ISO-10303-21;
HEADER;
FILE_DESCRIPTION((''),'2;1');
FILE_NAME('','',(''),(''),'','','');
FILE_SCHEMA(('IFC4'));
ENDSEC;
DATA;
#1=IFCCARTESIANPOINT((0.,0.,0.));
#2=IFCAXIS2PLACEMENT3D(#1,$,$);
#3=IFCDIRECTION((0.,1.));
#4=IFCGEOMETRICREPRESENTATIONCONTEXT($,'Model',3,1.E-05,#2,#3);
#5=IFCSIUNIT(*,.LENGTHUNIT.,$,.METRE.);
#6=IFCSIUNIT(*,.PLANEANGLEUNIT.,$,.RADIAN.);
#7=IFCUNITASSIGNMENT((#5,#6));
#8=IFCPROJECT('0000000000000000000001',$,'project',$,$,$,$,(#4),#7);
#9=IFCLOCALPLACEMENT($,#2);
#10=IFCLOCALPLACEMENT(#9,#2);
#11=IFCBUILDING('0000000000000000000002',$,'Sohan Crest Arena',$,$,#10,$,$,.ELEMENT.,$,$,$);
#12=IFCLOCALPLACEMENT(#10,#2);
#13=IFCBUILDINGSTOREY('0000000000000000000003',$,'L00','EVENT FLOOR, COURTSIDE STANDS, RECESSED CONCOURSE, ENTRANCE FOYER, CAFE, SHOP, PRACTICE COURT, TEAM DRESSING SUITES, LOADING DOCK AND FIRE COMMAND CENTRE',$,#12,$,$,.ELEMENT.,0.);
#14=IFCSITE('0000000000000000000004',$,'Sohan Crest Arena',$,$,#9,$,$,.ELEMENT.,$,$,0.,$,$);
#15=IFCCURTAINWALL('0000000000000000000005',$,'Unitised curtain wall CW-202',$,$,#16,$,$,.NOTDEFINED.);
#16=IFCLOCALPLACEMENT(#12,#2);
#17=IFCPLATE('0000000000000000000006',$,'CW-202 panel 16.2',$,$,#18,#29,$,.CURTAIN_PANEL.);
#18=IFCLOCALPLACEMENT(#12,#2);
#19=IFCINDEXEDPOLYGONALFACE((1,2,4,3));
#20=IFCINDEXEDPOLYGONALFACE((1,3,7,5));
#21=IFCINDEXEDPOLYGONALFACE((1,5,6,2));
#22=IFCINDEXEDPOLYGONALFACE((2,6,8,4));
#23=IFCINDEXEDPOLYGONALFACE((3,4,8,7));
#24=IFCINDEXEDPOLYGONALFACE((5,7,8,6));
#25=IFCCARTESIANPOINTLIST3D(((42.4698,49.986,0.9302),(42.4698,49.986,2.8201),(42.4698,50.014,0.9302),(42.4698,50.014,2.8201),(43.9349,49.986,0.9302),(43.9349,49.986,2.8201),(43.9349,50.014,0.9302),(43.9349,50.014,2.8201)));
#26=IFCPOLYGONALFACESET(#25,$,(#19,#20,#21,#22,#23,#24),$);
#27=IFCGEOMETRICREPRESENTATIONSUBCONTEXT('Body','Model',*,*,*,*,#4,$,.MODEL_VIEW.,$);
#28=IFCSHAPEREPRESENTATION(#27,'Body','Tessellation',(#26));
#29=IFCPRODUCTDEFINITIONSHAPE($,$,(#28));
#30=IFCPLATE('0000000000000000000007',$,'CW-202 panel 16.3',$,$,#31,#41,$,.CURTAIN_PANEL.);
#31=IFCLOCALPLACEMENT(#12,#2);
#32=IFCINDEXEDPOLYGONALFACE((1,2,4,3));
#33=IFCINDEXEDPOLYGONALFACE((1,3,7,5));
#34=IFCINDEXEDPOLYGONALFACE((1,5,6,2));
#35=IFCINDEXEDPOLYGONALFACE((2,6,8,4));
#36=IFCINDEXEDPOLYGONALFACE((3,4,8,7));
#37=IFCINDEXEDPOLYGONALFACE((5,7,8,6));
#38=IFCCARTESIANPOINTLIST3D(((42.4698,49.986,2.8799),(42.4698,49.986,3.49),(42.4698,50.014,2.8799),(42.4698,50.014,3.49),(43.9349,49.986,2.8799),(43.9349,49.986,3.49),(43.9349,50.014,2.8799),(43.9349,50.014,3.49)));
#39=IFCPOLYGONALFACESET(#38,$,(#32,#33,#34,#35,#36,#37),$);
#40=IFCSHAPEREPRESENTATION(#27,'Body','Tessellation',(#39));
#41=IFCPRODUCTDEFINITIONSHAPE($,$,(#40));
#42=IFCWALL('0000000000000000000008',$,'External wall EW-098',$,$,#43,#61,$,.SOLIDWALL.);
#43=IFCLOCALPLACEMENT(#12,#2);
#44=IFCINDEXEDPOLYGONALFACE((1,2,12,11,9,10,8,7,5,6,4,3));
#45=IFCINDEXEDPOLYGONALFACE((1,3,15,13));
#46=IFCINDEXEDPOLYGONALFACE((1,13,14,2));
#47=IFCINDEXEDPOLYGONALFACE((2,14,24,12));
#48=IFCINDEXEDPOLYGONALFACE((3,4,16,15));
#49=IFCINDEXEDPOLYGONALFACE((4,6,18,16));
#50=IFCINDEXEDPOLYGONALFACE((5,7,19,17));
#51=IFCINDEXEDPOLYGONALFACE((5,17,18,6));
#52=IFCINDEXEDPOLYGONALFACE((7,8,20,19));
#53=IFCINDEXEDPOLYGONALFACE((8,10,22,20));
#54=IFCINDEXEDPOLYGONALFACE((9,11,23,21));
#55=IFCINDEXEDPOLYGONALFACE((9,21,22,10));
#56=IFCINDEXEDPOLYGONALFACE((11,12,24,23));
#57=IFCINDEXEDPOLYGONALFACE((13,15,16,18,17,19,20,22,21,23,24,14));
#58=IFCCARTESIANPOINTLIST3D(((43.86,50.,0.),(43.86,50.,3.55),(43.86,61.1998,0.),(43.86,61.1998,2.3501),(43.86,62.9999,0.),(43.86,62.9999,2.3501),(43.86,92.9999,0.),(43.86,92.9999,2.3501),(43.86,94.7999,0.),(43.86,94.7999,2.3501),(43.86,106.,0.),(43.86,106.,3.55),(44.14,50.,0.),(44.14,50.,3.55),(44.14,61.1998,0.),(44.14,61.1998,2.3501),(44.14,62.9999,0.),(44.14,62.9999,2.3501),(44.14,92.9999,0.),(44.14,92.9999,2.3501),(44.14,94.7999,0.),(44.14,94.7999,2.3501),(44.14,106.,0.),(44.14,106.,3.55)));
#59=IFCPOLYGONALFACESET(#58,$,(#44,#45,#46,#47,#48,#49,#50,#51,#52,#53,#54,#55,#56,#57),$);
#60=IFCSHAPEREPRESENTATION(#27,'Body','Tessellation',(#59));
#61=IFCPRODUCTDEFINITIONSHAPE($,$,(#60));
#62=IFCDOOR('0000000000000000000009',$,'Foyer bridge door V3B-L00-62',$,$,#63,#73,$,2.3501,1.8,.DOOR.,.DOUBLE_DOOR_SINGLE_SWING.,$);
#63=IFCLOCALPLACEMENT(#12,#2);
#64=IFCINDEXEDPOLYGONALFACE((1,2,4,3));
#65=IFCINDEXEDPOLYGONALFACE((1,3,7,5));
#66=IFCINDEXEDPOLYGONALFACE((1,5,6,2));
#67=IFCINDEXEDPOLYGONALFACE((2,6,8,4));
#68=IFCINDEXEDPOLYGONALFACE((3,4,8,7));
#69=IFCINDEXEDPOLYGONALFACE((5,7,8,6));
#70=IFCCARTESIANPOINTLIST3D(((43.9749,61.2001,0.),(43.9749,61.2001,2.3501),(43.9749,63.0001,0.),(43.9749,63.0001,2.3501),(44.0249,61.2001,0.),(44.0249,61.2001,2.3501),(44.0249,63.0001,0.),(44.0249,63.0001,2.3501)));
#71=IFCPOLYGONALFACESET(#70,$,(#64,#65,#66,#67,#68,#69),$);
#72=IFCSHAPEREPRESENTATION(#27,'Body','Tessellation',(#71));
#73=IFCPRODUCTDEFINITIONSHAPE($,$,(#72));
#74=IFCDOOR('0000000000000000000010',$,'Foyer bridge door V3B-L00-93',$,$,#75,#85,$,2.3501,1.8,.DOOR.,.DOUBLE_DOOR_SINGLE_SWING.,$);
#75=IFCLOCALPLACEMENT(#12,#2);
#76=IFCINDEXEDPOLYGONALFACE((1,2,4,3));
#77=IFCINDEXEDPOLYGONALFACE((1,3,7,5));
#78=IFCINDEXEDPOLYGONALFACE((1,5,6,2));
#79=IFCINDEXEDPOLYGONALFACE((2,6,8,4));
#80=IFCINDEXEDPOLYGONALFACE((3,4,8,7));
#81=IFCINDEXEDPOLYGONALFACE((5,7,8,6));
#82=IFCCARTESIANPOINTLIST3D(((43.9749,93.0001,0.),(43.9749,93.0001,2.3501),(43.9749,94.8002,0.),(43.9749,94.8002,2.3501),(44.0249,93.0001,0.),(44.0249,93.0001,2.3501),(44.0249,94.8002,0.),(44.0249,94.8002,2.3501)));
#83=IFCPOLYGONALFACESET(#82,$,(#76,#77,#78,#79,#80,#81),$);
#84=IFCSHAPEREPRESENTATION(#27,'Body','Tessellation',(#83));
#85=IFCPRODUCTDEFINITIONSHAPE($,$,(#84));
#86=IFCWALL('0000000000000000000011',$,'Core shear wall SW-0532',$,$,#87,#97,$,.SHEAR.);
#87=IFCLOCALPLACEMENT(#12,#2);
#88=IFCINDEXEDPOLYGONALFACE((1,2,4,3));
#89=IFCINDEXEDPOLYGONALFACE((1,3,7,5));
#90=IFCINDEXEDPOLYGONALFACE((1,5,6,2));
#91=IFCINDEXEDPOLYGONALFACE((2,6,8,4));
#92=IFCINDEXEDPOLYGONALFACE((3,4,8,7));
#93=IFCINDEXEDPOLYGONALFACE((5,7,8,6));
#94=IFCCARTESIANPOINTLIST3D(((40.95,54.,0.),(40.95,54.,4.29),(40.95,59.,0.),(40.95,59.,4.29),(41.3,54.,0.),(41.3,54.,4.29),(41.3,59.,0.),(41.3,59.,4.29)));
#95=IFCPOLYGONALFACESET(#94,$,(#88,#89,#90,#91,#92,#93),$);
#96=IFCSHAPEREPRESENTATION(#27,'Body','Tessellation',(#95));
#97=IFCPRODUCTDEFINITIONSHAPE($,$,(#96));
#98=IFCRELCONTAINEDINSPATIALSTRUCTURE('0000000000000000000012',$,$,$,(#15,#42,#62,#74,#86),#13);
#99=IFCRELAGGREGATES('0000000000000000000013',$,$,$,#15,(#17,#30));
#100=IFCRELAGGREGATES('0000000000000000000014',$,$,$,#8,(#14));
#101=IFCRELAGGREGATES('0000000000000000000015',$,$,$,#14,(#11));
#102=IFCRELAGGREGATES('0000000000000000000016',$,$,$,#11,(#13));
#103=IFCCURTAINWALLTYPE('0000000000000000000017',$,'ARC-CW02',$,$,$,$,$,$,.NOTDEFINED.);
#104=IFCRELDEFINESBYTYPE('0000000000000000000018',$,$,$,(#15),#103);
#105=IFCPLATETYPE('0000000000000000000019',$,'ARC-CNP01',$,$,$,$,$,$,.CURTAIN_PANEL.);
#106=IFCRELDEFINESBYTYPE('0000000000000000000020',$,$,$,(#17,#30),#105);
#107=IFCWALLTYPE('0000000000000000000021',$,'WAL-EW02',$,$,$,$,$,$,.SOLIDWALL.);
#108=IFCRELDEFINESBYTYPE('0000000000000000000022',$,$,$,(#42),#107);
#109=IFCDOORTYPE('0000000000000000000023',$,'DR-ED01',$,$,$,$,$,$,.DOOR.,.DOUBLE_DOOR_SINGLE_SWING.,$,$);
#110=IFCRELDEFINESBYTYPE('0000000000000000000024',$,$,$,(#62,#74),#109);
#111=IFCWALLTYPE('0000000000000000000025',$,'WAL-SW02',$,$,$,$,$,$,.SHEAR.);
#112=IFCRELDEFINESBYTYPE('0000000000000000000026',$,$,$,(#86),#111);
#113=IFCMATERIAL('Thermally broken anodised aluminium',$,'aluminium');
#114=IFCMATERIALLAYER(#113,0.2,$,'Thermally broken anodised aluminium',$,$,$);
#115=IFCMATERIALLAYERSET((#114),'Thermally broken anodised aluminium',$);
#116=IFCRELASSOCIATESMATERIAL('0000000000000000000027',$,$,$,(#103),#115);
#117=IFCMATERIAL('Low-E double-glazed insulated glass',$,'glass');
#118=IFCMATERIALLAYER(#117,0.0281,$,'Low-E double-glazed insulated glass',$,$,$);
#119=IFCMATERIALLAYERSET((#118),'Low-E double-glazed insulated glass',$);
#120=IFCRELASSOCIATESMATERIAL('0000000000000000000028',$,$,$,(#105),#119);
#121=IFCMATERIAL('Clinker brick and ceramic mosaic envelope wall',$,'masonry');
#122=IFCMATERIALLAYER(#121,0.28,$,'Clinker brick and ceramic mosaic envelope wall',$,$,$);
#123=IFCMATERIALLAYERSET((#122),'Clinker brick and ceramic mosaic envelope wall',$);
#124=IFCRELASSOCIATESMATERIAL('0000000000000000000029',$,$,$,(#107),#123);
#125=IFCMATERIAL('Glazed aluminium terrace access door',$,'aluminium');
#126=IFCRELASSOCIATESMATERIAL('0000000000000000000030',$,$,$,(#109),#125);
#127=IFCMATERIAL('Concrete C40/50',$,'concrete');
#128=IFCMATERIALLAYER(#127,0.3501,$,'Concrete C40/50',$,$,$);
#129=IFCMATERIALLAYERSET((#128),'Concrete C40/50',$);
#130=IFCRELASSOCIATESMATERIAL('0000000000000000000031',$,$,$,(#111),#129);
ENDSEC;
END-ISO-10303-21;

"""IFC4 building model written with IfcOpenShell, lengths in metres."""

from ifc_helpers import new_model, si_unit, direction, frame, frame_2d, origin, origin_2d, place, context, subcontext, project, spatial, rectangle, extrude, material, layer, layer_set, type_object, element, fill, aggregate, save


model = new_model("IFC4")

# Units and contexts
model_context = context("Model", 3, precision=1e-05, world=origin(), true_north=direction((0.0, 1.0)))
body_context = subcontext(model_context, "Body", "Model", "MODEL_VIEW")
ifc_project = project(units=[si_unit("LENGTHUNIT", "METRE"), si_unit("PLANEANGLEUNIT", "RADIAN")], contexts=[model_context])

# Site, building, storey
site_placement = place(None, origin())
site = spatial("IfcSite", under=ifc_project, at=site_placement, Name="Sohan Crest Arena", CompositionType="ELEMENT", RefElevation=0.0)
building_placement = place(site_placement, origin())
building = spatial("IfcBuilding", under=site, at=building_placement, Name="Sohan Crest Arena", CompositionType="ELEMENT")
storey_placement = place(building_placement, origin())
storey = spatial("IfcBuildingStorey", under=building, at=storey_placement, Name="L00", Description="EVENT FLOOR, COURTSIDE STANDS, RECESSED CONCOURSE, ENTRANCE FOYER, CAFE, SHOP, PRACTICE COURT, TEAM DRESSING SUITES, LOADING DOCK AND FIRE COMMAND CENTRE", CompositionType="ELEMENT", Elevation=0.0)

# Shared definitions
ifc_material_1 = material(Name="Concrete C40/50", Category="concrete")

# Curtain wall
ifc_material_2 = material(Name="Thermally broken anodised aluminium", Category="aluminium")
ifc_layer_1 = layer(ifc_material_2, 0.2, Name="Thermally broken anodised aluminium")
ifc_layer_set_1 = layer_set([ifc_layer_1], Name="Thermally broken anodised aluminium")
curtain_wall_type_1 = type_object("IfcCurtainWallType", Name="ARC-CW02", PredefinedType="NOTDEFINED", material=ifc_layer_set_1)
curtain_wall_1_placement = place(storey_placement, origin())
curtain_wall_1 = element("IfcCurtainWall", 1, at=curtain_wall_1_placement, inside=storey, type_object=curtain_wall_type_1, Name="Unitised curtain wall CW-202", PredefinedType="NOTDEFINED")

# Plates
ifc_material_3 = material(Name="Low-E double-glazed insulated glass", Category="glass")
ifc_layer_2 = layer(ifc_material_3, 0.0281, Name="Low-E double-glazed insulated glass")
ifc_layer_set_2 = layer_set([ifc_layer_2], Name="Low-E double-glazed insulated glass")
plate_type = type_object("IfcPlateType", Name="ARC-CNP01", PredefinedType="CURTAIN_PANEL", material=ifc_layer_set_2)
plate_1_placement = place(storey_placement, frame((43.2024, 50.0, 0.9302), z_axis=(0.0, 0.0, 1.0), x_axis=(1.0, 0.0, 0.0)))
plate_1 = element("IfcPlate", 2, at=plate_1_placement, type_object=plate_type, Name="CW-202 panel 16.2", PredefinedType="CURTAIN_PANEL", context=body_context, shape_type="SweptSolid", body=[
    extrude(rectangle(XDim=1.4651, YDim=0.0281, at=origin_2d()), origin(), (0.0, 0.0, 1.0), 1.8899),
])
plate_2_placement = place(storey_placement, frame((43.2024, 50.0, 2.8799), z_axis=(0.0, 0.0, 1.0), x_axis=(1.0, 0.0, 0.0)))
plate_2 = element("IfcPlate", 3, at=plate_2_placement, type_object=plate_type, Name="CW-202 panel 16.3", PredefinedType="CURTAIN_PANEL", context=body_context, shape_type="SweptSolid", body=[
    extrude(rectangle(XDim=1.4651, YDim=0.0281, at=origin_2d()), origin(), (0.0, 0.0, 1.0), 0.6101),
])
aggregate(curtain_wall_1, [plate_1, plate_2])

# Wall, openings, doors
ifc_material_4 = material(Name="Clinker brick and ceramic mosaic envelope wall", Category="masonry")
ifc_layer_3 = layer(ifc_material_4, 0.28, Name="Clinker brick and ceramic mosaic envelope wall")
ifc_layer_set_3 = layer_set([ifc_layer_3], Name="Clinker brick and ceramic mosaic envelope wall")
wall_type_1 = type_object("IfcWallType", Name="WAL-EW02", PredefinedType="SOLIDWALL", material=ifc_layer_set_3)
wall_1_placement = place(storey_placement, frame((44.0, 50.0, 0.0), z_axis=(0.0, 0.0, 1.0), x_axis=(0.0, 1.0, 0.0)))
wall_1 = element("IfcWall", 4, at=wall_1_placement, inside=storey, type_object=wall_type_1, Name="External wall EW-098", PredefinedType="SOLIDWALL", context=body_context, shape_type="SweptSolid", body=[
    extrude(rectangle(XDim=56.0, YDim=0.28, at=frame_2d((28.0, 0.0))), origin(), (0.0, 0.0, 1.0), 3.55),
])
opening_1_placement = place(wall_1_placement, frame((11.2, 0.0, 0.0)))
opening_1 = element("IfcOpeningElement", 5, at=opening_1_placement, cuts=wall_1, PredefinedType="OPENING", context=body_context, shape_type="SweptSolid", body=[
    extrude(rectangle(XDim=1.8, YDim=2.3501, at=frame_2d((0.8999, 1.175))), frame((0.0, 0.1499, 0.0), z_axis=(0.0, -1.0, 0.0), x_axis=(1.0, 0.0, 0.0)), (0.0, 0.0, 1.0), 0.3),
])
opening_2_placement = place(wall_1_placement, frame((43.0, 0.0, 0.0)))
opening_2 = element("IfcOpeningElement", 6, at=opening_2_placement, cuts=wall_1, PredefinedType="OPENING", context=body_context, shape_type="SweptSolid", body=[
    extrude(rectangle(XDim=1.8, YDim=2.3501, at=frame_2d((0.8999, 1.175))), frame((0.0, 0.1499, 0.0), z_axis=(0.0, -1.0, 0.0), x_axis=(1.0, 0.0, 0.0)), (0.0, 0.0, 1.0), 0.3),
])
ifc_material_5 = material(Name="Glazed aluminium terrace access door", Category="aluminium")
door_type = type_object("IfcDoorType", Name="DR-ED01", OperationType="DOUBLE_DOOR_SINGLE_SWING", PredefinedType="DOOR", material=ifc_material_5)
door_1_placement = place(opening_1_placement, frame((1.8, 0.0, 0.0), z_axis=(0.0, 0.0, 1.0), x_axis=(-1.0, 0.0, 0.0)))
door_1 = element("IfcDoor", 7, at=door_1_placement, inside=storey, type_object=door_type, Name="Foyer bridge door V3B-L00-62", OperationType="DOUBLE_DOOR_SINGLE_SWING", OverallHeight=2.3501, OverallWidth=1.8, PredefinedType="DOOR", context=body_context, shape_type="SweptSolid", body=[
    extrude(rectangle(XDim=1.8, YDim=2.3501, at=frame_2d((0.8999, 1.175))), frame((0.0, 0.0249, 0.0), z_axis=(0.0, -1.0, 0.0), x_axis=(1.0, 0.0, 0.0)), (0.0, 0.0, 1.0), 0.05),
])
fill(opening_1, door_1)
door_2_placement = place(opening_2_placement, frame((1.8, 0.0, 0.0), z_axis=(0.0, 0.0, 1.0), x_axis=(-1.0, 0.0, 0.0)))
door_2 = element("IfcDoor", 8, at=door_2_placement, inside=storey, type_object=door_type, Name="Foyer bridge door V3B-L00-93", OperationType="DOUBLE_DOOR_SINGLE_SWING", OverallHeight=2.3501, OverallWidth=1.8, PredefinedType="DOOR", context=body_context, shape_type="SweptSolid", body=[
    extrude(rectangle(XDim=1.8, YDim=2.3501, at=frame_2d((0.8999, 1.175))), frame((0.0, 0.0249, 0.0), z_axis=(0.0, -1.0, 0.0), x_axis=(1.0, 0.0, 0.0)), (0.0, 0.0, 1.0), 0.05),
])
fill(opening_2, door_2)

# Wall
ifc_layer_4 = layer(ifc_material_1, 0.3501, Name="Concrete C40/50")
ifc_layer_set_4 = layer_set([ifc_layer_4], Name="Concrete C40/50")
wall_type_2 = type_object("IfcWallType", Name="WAL-SW02", PredefinedType="SHEAR", material=ifc_layer_set_4)
wall_2_placement = place(storey_placement, frame((41.125, 54.0, 0.0), z_axis=(0.0, 0.0, 1.0), x_axis=(0.0, 1.0, 0.0)))
element("IfcWall", 9, at=wall_2_placement, inside=storey, type_object=wall_type_2, Name="Core shear wall SW-0532", PredefinedType="SHEAR", context=body_context, shape_type="SweptSolid", body=[
    extrude(rectangle(XDim=5.0, YDim=0.3501, at=frame_2d((2.5, 0.0))), origin(), (0.0, 0.0, 1.0), 4.29),
])

save(model, "model.ifc")
